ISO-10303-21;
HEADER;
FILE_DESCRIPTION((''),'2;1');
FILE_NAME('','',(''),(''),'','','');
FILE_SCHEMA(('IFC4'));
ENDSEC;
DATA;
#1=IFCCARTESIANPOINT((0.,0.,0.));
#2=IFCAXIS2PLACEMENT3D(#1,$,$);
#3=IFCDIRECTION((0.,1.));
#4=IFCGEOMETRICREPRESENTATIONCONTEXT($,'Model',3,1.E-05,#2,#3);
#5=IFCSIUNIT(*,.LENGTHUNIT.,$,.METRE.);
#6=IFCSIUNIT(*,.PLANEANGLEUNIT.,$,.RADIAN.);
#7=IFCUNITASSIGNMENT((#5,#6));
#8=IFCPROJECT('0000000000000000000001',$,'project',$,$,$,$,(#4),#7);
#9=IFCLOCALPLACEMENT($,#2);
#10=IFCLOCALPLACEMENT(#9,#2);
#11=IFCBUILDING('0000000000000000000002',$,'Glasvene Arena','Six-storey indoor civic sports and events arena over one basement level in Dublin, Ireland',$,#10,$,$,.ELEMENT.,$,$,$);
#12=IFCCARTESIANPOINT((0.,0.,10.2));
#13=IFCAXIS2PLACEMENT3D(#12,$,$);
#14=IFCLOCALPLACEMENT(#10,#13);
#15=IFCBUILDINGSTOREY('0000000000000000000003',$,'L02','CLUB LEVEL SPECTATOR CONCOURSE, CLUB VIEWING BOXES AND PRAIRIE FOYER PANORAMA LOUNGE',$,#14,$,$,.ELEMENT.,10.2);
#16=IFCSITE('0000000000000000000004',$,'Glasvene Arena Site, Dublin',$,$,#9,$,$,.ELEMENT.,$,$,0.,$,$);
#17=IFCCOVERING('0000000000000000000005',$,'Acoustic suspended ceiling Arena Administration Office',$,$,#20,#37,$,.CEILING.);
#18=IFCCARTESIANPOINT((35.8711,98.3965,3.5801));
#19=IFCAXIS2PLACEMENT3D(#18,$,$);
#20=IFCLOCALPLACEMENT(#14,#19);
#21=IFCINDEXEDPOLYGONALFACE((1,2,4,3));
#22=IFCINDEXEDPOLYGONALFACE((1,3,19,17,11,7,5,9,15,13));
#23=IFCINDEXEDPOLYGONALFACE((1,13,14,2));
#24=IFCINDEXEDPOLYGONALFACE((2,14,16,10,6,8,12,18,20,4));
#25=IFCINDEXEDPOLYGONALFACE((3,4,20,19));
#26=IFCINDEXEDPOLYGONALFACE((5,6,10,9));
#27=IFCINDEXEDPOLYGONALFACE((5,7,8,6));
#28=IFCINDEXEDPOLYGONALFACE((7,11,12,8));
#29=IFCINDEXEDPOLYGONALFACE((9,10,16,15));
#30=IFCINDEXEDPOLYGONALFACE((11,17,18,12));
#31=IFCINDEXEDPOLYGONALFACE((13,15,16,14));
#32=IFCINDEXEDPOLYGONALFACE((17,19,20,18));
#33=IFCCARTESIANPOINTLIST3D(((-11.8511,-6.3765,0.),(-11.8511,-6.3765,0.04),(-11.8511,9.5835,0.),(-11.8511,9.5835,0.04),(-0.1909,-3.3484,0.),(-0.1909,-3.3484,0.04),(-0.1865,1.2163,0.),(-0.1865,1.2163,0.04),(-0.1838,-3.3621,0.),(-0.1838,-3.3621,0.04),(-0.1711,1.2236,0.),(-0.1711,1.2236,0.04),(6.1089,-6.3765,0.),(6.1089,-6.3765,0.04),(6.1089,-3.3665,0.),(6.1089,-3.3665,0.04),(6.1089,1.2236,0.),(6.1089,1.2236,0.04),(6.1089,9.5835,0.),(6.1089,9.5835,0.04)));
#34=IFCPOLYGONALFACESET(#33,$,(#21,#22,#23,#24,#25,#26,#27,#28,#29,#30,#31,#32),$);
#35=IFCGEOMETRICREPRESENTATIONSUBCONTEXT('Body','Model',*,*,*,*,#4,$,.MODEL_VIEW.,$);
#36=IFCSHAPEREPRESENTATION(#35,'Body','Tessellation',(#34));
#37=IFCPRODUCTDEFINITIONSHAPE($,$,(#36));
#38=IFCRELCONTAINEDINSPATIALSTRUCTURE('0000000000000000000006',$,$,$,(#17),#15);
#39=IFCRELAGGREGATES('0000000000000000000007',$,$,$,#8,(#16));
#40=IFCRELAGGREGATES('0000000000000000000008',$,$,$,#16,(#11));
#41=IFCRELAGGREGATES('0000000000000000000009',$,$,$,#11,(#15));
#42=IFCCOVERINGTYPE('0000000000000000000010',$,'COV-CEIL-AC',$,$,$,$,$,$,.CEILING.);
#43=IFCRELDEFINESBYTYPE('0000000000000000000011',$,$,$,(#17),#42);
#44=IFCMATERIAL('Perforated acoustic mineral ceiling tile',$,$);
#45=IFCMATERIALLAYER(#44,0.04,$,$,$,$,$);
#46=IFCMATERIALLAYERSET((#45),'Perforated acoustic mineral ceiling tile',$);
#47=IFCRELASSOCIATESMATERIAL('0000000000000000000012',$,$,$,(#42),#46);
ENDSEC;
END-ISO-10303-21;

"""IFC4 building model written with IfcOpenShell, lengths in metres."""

from ifc_helpers import new_model, si_unit, direction, frame, origin, place, context, subcontext, project, spatial, polyline, outline, extrude, material, layer, layer_set, type_object, element, save


model = new_model("IFC4")

# Units and contexts
model_context = context("Model", 3, precision=1e-05, world=origin(), true_north=direction((0.0, 1.0)))
body_context = subcontext(model_context, "Body", "Model", "MODEL_VIEW")
ifc_project = project(units=[si_unit("LENGTHUNIT", "METRE"), si_unit("PLANEANGLEUNIT", "RADIAN")], contexts=[model_context])

# Site, building, storey
site_placement = place(None, origin())
site = spatial("IfcSite", under=ifc_project, at=site_placement, Name="Glasvene Arena Site, Dublin", CompositionType="ELEMENT", RefElevation=0.0)
building_placement = place(site_placement, origin())
building = spatial("IfcBuilding", under=site, at=building_placement, Name="Glasvene Arena", Description="Six-storey indoor civic sports and events arena over one basement level in Dublin, Ireland", CompositionType="ELEMENT")
storey_placement = place(building_placement, frame((0.0, 0.0, 10.2)))
storey = spatial("IfcBuildingStorey", under=building, at=storey_placement, Name="L02", Description="CLUB LEVEL SPECTATOR CONCOURSE, CLUB VIEWING BOXES AND PRAIRIE FOYER PANORAMA LOUNGE", CompositionType="ELEMENT", Elevation=10.2)

# Covering
ifc_material_1 = material(Name="Perforated acoustic mineral ceiling tile")
ifc_layer_1 = layer(ifc_material_1, 0.04)
ifc_layer_set_1 = layer_set([ifc_layer_1], Name="Perforated acoustic mineral ceiling tile")
covering_type = type_object("IfcCoveringType", Name="COV-CEIL-AC", PredefinedType="CEILING", material=ifc_layer_set_1)
covering_placement = place(storey_placement, frame((35.8711, 98.3965, 3.5801)))
element("IfcCovering", 1, at=covering_placement, inside=storey, type_object=covering_type, Name="Acoustic suspended ceiling Arena Administration Office", PredefinedType="CEILING", context=body_context, shape_type="SweptSolid", body=[
    extrude(outline(polyline([(-0.1909, -3.3484), (-0.1838, -3.3621), (6.1089, -3.3665), (6.1089, -6.3765), (-11.8511, -6.3765), (-11.8511, 9.5835), (6.1089, 9.5835), (6.1089, 1.2236), (-0.1711, 1.2236), (-0.1865, 1.2163), (-0.1909, -3.3484)])), origin(), (0.0, 0.0, 1.0), 0.04),
])

save(model, "model.ifc")
